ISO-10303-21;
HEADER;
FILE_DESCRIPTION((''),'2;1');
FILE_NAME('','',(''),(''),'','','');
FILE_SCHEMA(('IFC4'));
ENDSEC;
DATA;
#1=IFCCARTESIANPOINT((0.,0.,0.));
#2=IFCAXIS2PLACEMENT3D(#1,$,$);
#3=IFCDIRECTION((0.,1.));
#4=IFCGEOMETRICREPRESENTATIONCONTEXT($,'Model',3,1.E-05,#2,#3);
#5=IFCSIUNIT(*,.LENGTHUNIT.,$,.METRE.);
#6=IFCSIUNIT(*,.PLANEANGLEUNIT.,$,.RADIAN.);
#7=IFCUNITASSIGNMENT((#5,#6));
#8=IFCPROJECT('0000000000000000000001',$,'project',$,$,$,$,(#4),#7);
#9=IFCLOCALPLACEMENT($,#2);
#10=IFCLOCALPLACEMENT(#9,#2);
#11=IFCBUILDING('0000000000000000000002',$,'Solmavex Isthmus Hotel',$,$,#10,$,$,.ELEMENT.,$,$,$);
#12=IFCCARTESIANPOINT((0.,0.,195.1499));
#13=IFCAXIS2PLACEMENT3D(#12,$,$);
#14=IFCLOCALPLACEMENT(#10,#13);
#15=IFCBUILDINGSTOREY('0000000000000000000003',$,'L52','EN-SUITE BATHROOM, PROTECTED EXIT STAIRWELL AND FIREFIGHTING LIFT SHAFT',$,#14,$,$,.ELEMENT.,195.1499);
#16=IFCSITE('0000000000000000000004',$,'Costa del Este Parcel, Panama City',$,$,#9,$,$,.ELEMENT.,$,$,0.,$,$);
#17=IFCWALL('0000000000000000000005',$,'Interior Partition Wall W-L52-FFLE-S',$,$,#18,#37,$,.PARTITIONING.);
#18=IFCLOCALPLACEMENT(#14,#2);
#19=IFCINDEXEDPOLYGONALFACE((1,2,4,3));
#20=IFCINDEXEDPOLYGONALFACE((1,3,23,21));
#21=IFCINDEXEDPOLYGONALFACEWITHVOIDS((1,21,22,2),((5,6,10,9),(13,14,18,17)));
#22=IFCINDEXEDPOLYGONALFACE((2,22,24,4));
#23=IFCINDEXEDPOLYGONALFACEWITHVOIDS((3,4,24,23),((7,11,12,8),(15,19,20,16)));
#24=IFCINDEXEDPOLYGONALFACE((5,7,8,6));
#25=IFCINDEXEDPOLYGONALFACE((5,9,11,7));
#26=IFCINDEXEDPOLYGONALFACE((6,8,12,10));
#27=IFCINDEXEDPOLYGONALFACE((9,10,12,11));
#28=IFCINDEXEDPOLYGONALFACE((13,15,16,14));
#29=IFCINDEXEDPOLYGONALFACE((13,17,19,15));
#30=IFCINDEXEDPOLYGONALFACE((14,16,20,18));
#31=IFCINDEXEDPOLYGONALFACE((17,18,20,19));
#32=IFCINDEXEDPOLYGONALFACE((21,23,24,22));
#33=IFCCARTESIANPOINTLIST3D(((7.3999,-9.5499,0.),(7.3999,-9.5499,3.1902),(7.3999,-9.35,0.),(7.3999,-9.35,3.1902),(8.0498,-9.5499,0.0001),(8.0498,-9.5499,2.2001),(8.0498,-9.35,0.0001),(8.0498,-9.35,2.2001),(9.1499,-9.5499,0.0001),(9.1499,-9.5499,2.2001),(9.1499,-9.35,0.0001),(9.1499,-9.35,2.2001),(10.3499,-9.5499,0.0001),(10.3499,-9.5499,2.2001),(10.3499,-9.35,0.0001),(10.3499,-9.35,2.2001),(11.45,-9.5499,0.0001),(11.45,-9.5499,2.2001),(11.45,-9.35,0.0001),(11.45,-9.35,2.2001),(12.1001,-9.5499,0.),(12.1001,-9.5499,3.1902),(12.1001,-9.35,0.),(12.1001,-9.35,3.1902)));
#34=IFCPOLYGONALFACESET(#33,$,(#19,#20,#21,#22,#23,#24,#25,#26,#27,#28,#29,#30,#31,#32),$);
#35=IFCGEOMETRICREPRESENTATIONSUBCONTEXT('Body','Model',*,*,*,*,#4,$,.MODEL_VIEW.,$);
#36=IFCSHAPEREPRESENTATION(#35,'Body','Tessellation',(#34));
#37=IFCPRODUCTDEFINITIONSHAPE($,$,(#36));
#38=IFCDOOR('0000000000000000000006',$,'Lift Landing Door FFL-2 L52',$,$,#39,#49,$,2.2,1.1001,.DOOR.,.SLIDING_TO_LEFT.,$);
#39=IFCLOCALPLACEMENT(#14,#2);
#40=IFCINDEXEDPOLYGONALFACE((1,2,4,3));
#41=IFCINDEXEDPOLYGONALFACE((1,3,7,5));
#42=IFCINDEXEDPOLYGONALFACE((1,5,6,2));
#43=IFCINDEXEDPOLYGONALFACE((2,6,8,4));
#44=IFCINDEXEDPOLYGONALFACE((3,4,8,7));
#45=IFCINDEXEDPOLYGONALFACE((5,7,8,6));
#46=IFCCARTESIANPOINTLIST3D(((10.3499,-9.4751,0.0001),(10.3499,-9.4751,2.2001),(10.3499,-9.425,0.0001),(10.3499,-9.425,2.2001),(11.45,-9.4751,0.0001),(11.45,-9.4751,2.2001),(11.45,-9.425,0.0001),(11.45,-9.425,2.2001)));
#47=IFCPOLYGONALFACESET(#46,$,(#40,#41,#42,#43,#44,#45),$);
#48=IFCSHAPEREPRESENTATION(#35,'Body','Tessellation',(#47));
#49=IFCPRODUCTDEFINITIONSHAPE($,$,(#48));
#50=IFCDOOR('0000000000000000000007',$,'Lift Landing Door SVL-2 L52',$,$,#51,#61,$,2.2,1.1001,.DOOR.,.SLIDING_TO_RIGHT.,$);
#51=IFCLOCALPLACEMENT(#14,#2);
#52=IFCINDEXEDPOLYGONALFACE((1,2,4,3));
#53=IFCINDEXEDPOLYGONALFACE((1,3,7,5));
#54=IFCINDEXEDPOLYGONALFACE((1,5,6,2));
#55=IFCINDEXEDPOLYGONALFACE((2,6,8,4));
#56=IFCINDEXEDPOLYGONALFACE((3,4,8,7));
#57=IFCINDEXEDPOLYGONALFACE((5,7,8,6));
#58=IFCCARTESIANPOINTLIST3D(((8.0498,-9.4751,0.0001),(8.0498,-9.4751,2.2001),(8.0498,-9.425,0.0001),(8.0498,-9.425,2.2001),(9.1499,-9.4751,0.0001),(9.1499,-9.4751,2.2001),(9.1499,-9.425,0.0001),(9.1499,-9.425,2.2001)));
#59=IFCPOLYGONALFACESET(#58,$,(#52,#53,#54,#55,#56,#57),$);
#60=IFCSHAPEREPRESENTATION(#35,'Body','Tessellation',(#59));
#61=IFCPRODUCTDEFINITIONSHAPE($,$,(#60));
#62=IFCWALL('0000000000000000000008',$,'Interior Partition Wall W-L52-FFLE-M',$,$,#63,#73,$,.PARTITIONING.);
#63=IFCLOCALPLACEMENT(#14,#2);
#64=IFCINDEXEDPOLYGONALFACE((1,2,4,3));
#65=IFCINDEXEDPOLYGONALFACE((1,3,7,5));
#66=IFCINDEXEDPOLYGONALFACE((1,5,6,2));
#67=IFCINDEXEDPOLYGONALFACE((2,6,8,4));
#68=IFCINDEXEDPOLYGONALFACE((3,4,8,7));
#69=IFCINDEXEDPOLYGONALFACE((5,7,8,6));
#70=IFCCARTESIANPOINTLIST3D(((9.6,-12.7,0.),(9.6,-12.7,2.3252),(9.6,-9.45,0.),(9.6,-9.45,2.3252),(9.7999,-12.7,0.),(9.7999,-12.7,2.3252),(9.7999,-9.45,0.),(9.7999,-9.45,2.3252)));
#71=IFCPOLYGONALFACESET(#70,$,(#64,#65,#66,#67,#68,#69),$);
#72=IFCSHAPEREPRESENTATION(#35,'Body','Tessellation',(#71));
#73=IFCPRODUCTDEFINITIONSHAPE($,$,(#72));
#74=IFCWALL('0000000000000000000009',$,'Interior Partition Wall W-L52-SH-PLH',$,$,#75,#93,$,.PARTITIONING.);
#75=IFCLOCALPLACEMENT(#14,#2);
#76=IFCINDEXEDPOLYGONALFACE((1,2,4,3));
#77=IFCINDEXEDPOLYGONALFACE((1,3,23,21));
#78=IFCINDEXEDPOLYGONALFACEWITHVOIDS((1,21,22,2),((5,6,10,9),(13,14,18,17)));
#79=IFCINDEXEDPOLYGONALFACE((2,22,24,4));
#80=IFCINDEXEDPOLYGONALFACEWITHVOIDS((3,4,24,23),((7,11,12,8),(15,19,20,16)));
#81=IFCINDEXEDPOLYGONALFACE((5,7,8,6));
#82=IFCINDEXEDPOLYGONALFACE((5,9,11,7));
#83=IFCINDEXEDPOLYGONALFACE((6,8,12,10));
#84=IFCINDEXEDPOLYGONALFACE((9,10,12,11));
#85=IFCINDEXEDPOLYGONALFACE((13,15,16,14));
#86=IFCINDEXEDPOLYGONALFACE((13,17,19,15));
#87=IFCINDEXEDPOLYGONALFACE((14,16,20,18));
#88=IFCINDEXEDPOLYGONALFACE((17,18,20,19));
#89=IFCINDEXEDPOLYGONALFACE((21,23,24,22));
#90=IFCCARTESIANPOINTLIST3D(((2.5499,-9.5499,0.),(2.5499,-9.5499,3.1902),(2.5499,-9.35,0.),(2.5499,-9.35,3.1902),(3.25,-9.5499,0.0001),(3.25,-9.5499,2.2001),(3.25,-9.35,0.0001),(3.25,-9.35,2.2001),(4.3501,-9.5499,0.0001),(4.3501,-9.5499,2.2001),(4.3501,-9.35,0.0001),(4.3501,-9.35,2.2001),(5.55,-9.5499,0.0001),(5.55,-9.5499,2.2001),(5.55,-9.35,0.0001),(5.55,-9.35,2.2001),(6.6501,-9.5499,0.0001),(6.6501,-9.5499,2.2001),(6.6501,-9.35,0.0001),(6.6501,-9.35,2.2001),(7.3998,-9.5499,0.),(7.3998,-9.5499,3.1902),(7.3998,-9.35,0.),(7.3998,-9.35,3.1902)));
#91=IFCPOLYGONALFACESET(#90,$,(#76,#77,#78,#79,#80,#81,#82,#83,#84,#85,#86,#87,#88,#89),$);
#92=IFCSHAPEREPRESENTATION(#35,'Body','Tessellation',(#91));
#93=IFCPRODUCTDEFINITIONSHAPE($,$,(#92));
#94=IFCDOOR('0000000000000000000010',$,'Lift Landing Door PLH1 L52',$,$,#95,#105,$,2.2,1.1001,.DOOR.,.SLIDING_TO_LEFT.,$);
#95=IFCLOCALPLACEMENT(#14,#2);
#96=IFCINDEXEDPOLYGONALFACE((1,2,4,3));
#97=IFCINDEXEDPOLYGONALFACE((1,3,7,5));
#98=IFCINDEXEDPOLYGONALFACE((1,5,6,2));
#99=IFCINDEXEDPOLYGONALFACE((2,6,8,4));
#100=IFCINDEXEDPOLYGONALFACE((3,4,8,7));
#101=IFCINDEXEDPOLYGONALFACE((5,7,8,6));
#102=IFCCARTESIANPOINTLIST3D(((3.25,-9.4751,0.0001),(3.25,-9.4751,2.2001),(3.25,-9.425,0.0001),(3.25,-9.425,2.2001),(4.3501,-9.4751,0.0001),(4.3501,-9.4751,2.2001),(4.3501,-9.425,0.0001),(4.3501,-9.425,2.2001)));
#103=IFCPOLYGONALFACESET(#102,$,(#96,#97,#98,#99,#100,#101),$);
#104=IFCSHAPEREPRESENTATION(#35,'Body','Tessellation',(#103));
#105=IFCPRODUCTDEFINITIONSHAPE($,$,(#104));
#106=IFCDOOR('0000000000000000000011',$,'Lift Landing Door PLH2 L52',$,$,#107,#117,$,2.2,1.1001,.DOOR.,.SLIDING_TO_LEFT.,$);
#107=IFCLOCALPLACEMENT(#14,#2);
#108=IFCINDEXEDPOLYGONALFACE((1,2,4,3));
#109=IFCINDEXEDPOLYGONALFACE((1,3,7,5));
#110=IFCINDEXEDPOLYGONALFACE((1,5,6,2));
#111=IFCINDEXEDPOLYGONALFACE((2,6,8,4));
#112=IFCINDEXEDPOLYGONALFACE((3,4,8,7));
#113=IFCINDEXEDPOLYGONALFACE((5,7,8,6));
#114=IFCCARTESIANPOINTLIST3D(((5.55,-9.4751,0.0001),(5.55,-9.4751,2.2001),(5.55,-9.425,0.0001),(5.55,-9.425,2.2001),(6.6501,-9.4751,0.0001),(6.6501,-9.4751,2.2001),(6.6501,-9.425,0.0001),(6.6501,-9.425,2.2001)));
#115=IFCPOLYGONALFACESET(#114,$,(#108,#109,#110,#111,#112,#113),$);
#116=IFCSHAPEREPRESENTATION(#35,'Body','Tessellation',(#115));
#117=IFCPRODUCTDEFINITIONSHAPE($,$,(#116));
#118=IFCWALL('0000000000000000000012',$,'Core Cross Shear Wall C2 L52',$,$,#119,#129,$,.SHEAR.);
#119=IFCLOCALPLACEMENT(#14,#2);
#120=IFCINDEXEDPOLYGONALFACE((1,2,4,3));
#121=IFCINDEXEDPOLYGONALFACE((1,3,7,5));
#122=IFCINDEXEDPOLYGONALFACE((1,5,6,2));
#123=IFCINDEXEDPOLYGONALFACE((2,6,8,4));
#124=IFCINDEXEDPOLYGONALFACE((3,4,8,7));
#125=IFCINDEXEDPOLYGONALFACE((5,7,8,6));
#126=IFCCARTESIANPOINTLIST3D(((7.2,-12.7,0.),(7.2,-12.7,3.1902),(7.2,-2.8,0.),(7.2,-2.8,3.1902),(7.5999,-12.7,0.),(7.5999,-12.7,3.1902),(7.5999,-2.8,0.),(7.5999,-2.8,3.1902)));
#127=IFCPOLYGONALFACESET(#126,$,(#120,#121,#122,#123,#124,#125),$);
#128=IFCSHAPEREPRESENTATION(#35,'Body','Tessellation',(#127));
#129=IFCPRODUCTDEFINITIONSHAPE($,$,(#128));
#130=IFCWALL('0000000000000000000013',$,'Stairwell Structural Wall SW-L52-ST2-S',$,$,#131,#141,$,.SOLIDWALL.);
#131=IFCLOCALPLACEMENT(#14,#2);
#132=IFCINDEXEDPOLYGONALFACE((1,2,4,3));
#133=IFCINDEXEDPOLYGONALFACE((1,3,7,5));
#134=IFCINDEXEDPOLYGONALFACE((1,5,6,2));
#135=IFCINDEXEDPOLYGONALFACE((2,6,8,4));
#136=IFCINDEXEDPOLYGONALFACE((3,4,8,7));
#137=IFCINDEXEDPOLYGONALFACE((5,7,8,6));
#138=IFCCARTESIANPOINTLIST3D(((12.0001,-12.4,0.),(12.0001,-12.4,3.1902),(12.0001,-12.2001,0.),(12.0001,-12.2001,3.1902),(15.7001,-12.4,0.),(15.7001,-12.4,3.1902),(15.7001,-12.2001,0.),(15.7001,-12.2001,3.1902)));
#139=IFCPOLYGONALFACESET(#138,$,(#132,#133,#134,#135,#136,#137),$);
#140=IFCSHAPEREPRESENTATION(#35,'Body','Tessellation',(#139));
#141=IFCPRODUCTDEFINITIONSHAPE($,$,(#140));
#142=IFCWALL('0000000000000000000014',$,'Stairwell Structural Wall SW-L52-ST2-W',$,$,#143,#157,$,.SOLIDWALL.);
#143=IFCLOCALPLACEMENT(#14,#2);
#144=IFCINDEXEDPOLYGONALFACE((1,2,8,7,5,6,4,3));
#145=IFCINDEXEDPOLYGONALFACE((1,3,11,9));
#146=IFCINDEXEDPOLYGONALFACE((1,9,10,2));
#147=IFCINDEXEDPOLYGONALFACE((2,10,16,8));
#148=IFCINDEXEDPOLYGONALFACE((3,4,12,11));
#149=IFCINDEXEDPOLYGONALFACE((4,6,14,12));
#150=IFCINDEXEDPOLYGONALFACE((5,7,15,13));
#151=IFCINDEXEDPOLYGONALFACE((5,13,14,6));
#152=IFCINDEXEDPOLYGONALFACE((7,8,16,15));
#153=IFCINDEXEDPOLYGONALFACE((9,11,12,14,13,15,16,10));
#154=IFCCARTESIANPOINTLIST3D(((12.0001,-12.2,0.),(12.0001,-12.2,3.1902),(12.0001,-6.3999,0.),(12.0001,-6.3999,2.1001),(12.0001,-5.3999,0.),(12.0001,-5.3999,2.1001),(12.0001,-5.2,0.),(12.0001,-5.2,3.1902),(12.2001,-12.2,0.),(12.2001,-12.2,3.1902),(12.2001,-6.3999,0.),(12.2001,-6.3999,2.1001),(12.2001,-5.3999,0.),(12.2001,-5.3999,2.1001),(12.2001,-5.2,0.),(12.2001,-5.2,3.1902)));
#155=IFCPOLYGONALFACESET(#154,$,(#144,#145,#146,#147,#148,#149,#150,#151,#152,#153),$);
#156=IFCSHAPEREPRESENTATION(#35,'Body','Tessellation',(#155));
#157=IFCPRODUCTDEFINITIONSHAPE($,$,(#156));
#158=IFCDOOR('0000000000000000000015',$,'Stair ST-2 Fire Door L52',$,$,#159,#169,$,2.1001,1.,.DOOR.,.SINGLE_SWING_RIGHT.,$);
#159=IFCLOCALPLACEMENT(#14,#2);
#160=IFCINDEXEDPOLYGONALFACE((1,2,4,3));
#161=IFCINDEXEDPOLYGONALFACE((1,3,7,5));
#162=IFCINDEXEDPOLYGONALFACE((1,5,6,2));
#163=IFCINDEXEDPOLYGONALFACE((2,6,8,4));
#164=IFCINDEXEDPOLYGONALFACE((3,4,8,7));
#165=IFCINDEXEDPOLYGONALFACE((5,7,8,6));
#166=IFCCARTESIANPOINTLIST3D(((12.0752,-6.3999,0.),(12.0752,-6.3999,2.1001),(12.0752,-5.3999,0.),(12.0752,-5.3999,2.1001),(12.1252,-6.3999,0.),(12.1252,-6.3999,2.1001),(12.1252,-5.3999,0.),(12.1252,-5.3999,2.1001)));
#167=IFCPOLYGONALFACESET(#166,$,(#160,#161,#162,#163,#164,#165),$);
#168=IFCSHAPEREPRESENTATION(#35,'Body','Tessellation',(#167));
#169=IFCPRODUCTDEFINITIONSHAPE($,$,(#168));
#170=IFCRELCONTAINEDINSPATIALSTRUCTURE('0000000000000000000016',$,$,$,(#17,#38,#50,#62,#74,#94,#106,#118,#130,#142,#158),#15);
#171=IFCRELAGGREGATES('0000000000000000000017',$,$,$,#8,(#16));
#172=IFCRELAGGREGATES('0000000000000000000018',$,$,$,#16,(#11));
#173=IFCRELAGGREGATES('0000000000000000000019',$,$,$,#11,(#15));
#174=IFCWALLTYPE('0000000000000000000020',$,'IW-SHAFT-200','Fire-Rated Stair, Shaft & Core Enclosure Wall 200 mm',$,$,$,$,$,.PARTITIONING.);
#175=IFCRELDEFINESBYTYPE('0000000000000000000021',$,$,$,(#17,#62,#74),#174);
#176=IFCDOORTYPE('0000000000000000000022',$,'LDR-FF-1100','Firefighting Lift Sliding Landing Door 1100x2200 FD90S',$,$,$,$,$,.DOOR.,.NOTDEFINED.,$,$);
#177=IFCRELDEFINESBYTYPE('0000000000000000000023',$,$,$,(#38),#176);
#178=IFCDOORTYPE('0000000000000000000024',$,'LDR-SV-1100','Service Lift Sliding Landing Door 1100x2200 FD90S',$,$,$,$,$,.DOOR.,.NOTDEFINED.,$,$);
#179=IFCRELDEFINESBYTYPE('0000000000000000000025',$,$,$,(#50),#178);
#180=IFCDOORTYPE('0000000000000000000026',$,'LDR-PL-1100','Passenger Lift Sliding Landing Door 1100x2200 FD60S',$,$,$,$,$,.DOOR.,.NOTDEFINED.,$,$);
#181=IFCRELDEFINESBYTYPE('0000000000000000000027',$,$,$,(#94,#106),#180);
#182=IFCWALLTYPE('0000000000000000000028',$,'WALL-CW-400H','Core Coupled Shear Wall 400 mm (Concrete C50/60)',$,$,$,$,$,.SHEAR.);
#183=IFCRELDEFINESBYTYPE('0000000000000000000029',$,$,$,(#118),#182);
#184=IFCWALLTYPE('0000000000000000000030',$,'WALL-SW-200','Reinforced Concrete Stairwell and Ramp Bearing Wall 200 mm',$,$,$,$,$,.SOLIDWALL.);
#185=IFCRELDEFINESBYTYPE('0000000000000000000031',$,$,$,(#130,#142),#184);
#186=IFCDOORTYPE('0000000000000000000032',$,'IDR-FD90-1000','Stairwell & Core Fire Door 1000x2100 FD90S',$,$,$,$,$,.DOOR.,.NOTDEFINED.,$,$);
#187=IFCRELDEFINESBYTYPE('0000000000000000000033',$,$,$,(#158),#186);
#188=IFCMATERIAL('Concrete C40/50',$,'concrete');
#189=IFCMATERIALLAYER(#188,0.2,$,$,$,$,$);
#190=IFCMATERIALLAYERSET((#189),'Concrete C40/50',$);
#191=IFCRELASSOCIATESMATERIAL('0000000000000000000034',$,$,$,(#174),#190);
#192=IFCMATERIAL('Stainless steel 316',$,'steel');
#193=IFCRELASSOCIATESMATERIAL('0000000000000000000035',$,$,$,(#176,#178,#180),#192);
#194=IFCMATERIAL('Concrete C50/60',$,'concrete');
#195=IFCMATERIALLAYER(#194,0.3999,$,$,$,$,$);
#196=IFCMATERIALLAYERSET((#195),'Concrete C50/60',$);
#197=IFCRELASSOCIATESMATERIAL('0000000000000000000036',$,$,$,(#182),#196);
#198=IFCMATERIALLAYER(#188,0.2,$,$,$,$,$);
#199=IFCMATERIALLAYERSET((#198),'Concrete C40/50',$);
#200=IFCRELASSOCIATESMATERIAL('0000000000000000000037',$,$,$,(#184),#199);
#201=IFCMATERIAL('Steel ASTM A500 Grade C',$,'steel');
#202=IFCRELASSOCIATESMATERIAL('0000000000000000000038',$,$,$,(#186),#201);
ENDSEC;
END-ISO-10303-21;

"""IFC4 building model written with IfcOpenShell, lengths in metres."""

from ifc_helpers import new_model, si_unit, direction, frame, frame_2d, origin, place, context, subcontext, project, spatial, rectangle, extrude, material, layer, layer_set, type_object, element, fill, save


model = new_model("IFC4")

# Units and contexts
model_context = context("Model", 3, precision=1e-05, world=origin(), true_north=direction((0.0, 1.0)))
body_context = subcontext(model_context, "Body", "Model", "MODEL_VIEW")
ifc_project = project(units=[si_unit("LENGTHUNIT", "METRE"), si_unit("PLANEANGLEUNIT", "RADIAN")], contexts=[model_context])

# Site, building, storey
site_placement = place(None, origin())
site = spatial("IfcSite", under=ifc_project, at=site_placement, Name="Costa del Este Parcel, Panama City", CompositionType="ELEMENT", RefElevation=0.0)
building_placement = place(site_placement, origin())
building = spatial("IfcBuilding", under=site, at=building_placement, Name="Solmavex Isthmus Hotel", CompositionType="ELEMENT")
storey_placement = place(building_placement, frame((0.0, 0.0, 195.1499)))
storey = spatial("IfcBuildingStorey", under=building, at=storey_placement, Name="L52", Description="EN-SUITE BATHROOM, PROTECTED EXIT STAIRWELL AND FIREFIGHTING LIFT SHAFT", CompositionType="ELEMENT", Elevation=195.1499)

# Shared definitions
ifc_material_1 = material(Name="Concrete C50/60", Category="concrete")

# Shared definitions
ifc_material_2 = material(Name="Steel ASTM A500 Grade C", Category="steel")

# Shared definitions
ifc_material_3 = material(Name="Concrete C40/50", Category="concrete")

# Wall, openings, doors
ifc_layer_1 = layer(ifc_material_3, 0.2)
ifc_layer_set_1 = layer_set([ifc_layer_1], Name="Concrete C40/50")
wall_type_1 = type_object("IfcWallType", Name="IW-SHAFT-200", Description="Fire-Rated Stair, Shaft & Core Enclosure Wall 200 mm", PredefinedType="PARTITIONING", material=ifc_layer_set_1)
wall_1_placement = place(storey_placement, frame((7.3999, -9.45, 0.0), z_axis=(0.0, 0.0, 1.0), x_axis=(1.0, 0.0, 0.0)))
wall_1 = element("IfcWall", 1, at=wall_1_placement, inside=storey, type_object=wall_type_1, Name="Interior Partition Wall W-L52-FFLE-S", PredefinedType="PARTITIONING", context=body_context, shape_type="SweptSolid", body=[
    extrude(rectangle(XDim=4.7002, YDim=0.2, at=frame_2d((2.3501, 0.0))), origin(), (0.0, 0.0, 1.0), 3.1902),
])
opening_1_placement = place(wall_1_placement, frame((2.95, 0.0, 0.0)))
opening_1 = element("IfcOpeningElement", 2, at=opening_1_placement, cuts=wall_1, PredefinedType="OPENING", context=body_context, shape_type="SweptSolid", body=[
    extrude(rectangle(XDim=1.1001, YDim=2.2, at=frame_2d((0.55, 1.1001))), frame((0.0, 0.1099, 0.0), z_axis=(0.0, -1.0, 0.0), x_axis=(1.0, 0.0, 0.0)), (0.0, 0.0, 1.0), 0.22),
])
opening_2_placement = place(wall_1_placement, frame((0.6499, 0.0, 0.0)))
opening_2 = element("IfcOpeningElement", 3, at=opening_2_placement, cuts=wall_1, PredefinedType="OPENING", context=body_context, shape_type="SweptSolid", body=[
    extrude(rectangle(XDim=1.1001, YDim=2.2, at=frame_2d((0.55, 1.1001))), frame((0.0, 0.1099, 0.0), z_axis=(0.0, -1.0, 0.0), x_axis=(1.0, 0.0, 0.0)), (0.0, 0.0, 1.0), 0.22),
])
ifc_material_4 = material(Name="Stainless steel 316", Category="steel")
door_type_1 = type_object("IfcDoorType", Name="LDR-FF-1100", Description="Firefighting Lift Sliding Landing Door 1100x2200 FD90S", OperationType="NOTDEFINED", PredefinedType="DOOR", material=ifc_material_4)
door_1_placement = place(opening_1_placement, origin())
door_1 = element("IfcDoor", 4, at=door_1_placement, inside=storey, type_object=door_type_1, Name="Lift Landing Door FFL-2 L52", OperationType="SLIDING_TO_LEFT", OverallHeight=2.2, OverallWidth=1.1001, PredefinedType="DOOR", context=body_context, shape_type="SweptSolid", body=[
    extrude(rectangle(XDim=1.1001, YDim=2.2, at=frame_2d((0.55, 1.1001))), frame((0.0, 0.0249, 0.0), z_axis=(0.0, -1.0, 0.0), x_axis=(1.0, 0.0, 0.0)), (0.0, 0.0, 1.0), 0.05),
])
fill(opening_1, door_1)
door_type_2 = type_object("IfcDoorType", Name="LDR-SV-1100", Description="Service Lift Sliding Landing Door 1100x2200 FD90S", OperationType="NOTDEFINED", PredefinedType="DOOR", material=ifc_material_4)
door_2_placement = place(opening_2_placement, origin())
door_2 = element("IfcDoor", 5, at=door_2_placement, inside=storey, type_object=door_type_2, Name="Lift Landing Door SVL-2 L52", OperationType="SLIDING_TO_RIGHT", OverallHeight=2.2, OverallWidth=1.1001, PredefinedType="DOOR", context=body_context, shape_type="SweptSolid", body=[
    extrude(rectangle(XDim=1.1001, YDim=2.2, at=frame_2d((0.55, 1.1001))), frame((0.0, 0.0249, 0.0), z_axis=(0.0, -1.0, 0.0), x_axis=(1.0, 0.0, 0.0)), (0.0, 0.0, 1.0), 0.05),
])
fill(opening_2, door_2)

# Wall
wall_2_placement = place(storey_placement, frame((9.7, -12.7, 0.0), z_axis=(0.0, 0.0, 1.0), x_axis=(0.0, 1.0, 0.0)))
element("IfcWall", 6, at=wall_2_placement, inside=storey, type_object=wall_type_1, Name="Interior Partition Wall W-L52-FFLE-M", PredefinedType="PARTITIONING", context=body_context, shape_type="SweptSolid", body=[
    extrude(rectangle(XDim=3.25, YDim=0.2, at=frame_2d((1.625, 0.0))), origin(), (0.0, 0.0, 1.0), 2.3252),
])

# Wall, openings, doors
wall_3_placement = place(storey_placement, frame((2.55, -9.45, 0.0), z_axis=(0.0, 0.0, 1.0), x_axis=(1.0, 0.0, 0.0)))
wall_3 = element("IfcWall", 7, at=wall_3_placement, inside=storey, type_object=wall_type_1, Name="Interior Partition Wall W-L52-SH-PLH", PredefinedType="PARTITIONING", context=body_context, shape_type="SweptSolid", body=[
    extrude(rectangle(XDim=4.8499, YDim=0.2, at=frame_2d((2.4248, 0.0))), origin(), (0.0, 0.0, 1.0), 3.1902),
])
opening_3_placement = place(wall_3_placement, frame((0.7, 0.0, 0.0)))
opening_3 = element("IfcOpeningElement", 8, at=opening_3_placement, cuts=wall_3, PredefinedType="OPENING", context=body_context, shape_type="SweptSolid", body=[
    extrude(rectangle(XDim=1.1001, YDim=2.2, at=frame_2d((0.55, 1.1001))), frame((0.0, 0.1099, 0.0), z_axis=(0.0, -1.0, 0.0), x_axis=(1.0, 0.0, 0.0)), (0.0, 0.0, 1.0), 0.22),
])
opening_4_placement = place(wall_3_placement, frame((3.0, 0.0, 0.0)))
opening_4 = element("IfcOpeningElement", 9, at=opening_4_placement, cuts=wall_3, PredefinedType="OPENING", context=body_context, shape_type="SweptSolid", body=[
    extrude(rectangle(XDim=1.1001, YDim=2.2, at=frame_2d((0.55, 1.1001))), frame((0.0, 0.1099, 0.0), z_axis=(0.0, -1.0, 0.0), x_axis=(1.0, 0.0, 0.0)), (0.0, 0.0, 1.0), 0.22),
])
door_type_3 = type_object("IfcDoorType", Name="LDR-PL-1100", Description="Passenger Lift Sliding Landing Door 1100x2200 FD60S", OperationType="NOTDEFINED", PredefinedType="DOOR", material=ifc_material_4)
door_3_placement = place(opening_3_placement, origin())
door_3 = element("IfcDoor", 10, at=door_3_placement, inside=storey, type_object=door_type_3, Name="Lift Landing Door PLH1 L52", OperationType="SLIDING_TO_LEFT", OverallHeight=2.2, OverallWidth=1.1001, PredefinedType="DOOR", context=body_context, shape_type="SweptSolid", body=[
    extrude(rectangle(XDim=1.1001, YDim=2.2, at=frame_2d((0.55, 1.1001))), frame((0.0, 0.0249, 0.0), z_axis=(0.0, -1.0, 0.0), x_axis=(1.0, 0.0, 0.0)), (0.0, 0.0, 1.0), 0.05),
])
fill(opening_3, door_3)
door_4_placement = place(opening_4_placement, origin())
door_4 = element("IfcDoor", 11, at=door_4_placement, inside=storey, type_object=door_type_3, Name="Lift Landing Door PLH2 L52", OperationType="SLIDING_TO_LEFT", OverallHeight=2.2, OverallWidth=1.1001, PredefinedType="DOOR", context=body_context, shape_type="SweptSolid", body=[
    extrude(rectangle(XDim=1.1001, YDim=2.2, at=frame_2d((0.55, 1.1001))), frame((0.0, 0.0249, 0.0), z_axis=(0.0, -1.0, 0.0), x_axis=(1.0, 0.0, 0.0)), (0.0, 0.0, 1.0), 0.05),
])
fill(opening_4, door_4)

# Walls
ifc_layer_2 = layer(ifc_material_1, 0.3999)
ifc_layer_set_2 = layer_set([ifc_layer_2], Name="Concrete C50/60")
wall_type_2 = type_object("IfcWallType", Name="WALL-CW-400H", Description="Core Coupled Shear Wall 400 mm (Concrete C50/60)", PredefinedType="SHEAR", material=ifc_layer_set_2)
wall_4_placement = place(storey_placement, frame((7.3999, -12.7, 0.0), z_axis=(0.0, 0.0, 1.0), x_axis=(0.0, 1.0, 0.0)))
element("IfcWall", 12, at=wall_4_placement, inside=storey, type_object=wall_type_2, Name="Core Cross Shear Wall C2 L52", PredefinedType="SHEAR", context=body_context, shape_type="SweptSolid", body=[
    extrude(rectangle(XDim=9.8999, YDim=0.3999, at=frame_2d((4.95, 0.0))), origin(), (0.0, 0.0, 1.0), 3.1902),
])
ifc_layer_3 = layer(ifc_material_3, 0.2)
ifc_layer_set_3 = layer_set([ifc_layer_3], Name="Concrete C40/50")
wall_type_3 = type_object("IfcWallType", Name="WALL-SW-200", Description="Reinforced Concrete Stairwell and Ramp Bearing Wall 200 mm", PredefinedType="SOLIDWALL", material=ifc_layer_set_3)
wall_5_placement = place(storey_placement, frame((12.0, -12.3, 0.0), z_axis=(0.0, 0.0, 1.0), x_axis=(1.0, 0.0, 0.0)))
element("IfcWall", 13, at=wall_5_placement, inside=storey, type_object=wall_type_3, Name="Stairwell Structural Wall SW-L52-ST2-S", PredefinedType="SOLIDWALL", context=body_context, shape_type="SweptSolid", body=[
    extrude(rectangle(XDim=3.7, YDim=0.2, at=frame_2d((1.8501, 0.0))), origin(), (0.0, 0.0, 1.0), 3.1902),
])

# Wall, opening, door
wall_6_placement = place(storey_placement, frame((12.1001, -12.2, 0.0), z_axis=(0.0, 0.0, 1.0), x_axis=(0.0, 1.0, 0.0)))
wall_6 = element("IfcWall", 14, at=wall_6_placement, inside=storey, type_object=wall_type_3, Name="Stairwell Structural Wall SW-L52-ST2-W", PredefinedType="SOLIDWALL", context=body_context, shape_type="SweptSolid", body=[
    extrude(rectangle(XDim=7.0, YDim=0.2, at=frame_2d((3.5, 0.0))), origin(), (0.0, 0.0, 1.0), 3.1902),
])
opening_5_placement = place(wall_6_placement, frame((5.8, 0.0, 0.0)))
opening_5 = element("IfcOpeningElement", 15, at=opening_5_placement, cuts=wall_6, PredefinedType="OPENING", context=body_context, shape_type="SweptSolid", body=[
    extrude(rectangle(XDim=1.0, YDim=2.1001, at=frame_2d((0.5, 1.05))), frame((0.0, 0.1099, 0.0), z_axis=(0.0, -1.0, 0.0), x_axis=(1.0, 0.0, 0.0)), (0.0, 0.0, 1.0), 0.22),
])
door_type_4 = type_object("IfcDoorType", Name="IDR-FD90-1000", Description="Stairwell & Core Fire Door 1000x2100 FD90S", OperationType="NOTDEFINED", PredefinedType="DOOR", material=ifc_material_2)
door_5_placement = place(opening_5_placement, origin())
door_5 = element("IfcDoor", 16, at=door_5_placement, inside=storey, type_object=door_type_4, Name="Stair ST-2 Fire Door L52", OperationType="SINGLE_SWING_RIGHT", OverallHeight=2.1001, OverallWidth=1.0, PredefinedType="DOOR", context=body_context, shape_type="SweptSolid", body=[
    extrude(rectangle(XDim=1.0, YDim=2.1001, at=frame_2d((0.5, 1.05))), frame((0.0, 0.0249, 0.0), z_axis=(0.0, -1.0, 0.0), x_axis=(1.0, 0.0, 0.0)), (0.0, 0.0, 1.0), 0.05),
])
fill(opening_5, door_5)

save(model, "model.ifc")
